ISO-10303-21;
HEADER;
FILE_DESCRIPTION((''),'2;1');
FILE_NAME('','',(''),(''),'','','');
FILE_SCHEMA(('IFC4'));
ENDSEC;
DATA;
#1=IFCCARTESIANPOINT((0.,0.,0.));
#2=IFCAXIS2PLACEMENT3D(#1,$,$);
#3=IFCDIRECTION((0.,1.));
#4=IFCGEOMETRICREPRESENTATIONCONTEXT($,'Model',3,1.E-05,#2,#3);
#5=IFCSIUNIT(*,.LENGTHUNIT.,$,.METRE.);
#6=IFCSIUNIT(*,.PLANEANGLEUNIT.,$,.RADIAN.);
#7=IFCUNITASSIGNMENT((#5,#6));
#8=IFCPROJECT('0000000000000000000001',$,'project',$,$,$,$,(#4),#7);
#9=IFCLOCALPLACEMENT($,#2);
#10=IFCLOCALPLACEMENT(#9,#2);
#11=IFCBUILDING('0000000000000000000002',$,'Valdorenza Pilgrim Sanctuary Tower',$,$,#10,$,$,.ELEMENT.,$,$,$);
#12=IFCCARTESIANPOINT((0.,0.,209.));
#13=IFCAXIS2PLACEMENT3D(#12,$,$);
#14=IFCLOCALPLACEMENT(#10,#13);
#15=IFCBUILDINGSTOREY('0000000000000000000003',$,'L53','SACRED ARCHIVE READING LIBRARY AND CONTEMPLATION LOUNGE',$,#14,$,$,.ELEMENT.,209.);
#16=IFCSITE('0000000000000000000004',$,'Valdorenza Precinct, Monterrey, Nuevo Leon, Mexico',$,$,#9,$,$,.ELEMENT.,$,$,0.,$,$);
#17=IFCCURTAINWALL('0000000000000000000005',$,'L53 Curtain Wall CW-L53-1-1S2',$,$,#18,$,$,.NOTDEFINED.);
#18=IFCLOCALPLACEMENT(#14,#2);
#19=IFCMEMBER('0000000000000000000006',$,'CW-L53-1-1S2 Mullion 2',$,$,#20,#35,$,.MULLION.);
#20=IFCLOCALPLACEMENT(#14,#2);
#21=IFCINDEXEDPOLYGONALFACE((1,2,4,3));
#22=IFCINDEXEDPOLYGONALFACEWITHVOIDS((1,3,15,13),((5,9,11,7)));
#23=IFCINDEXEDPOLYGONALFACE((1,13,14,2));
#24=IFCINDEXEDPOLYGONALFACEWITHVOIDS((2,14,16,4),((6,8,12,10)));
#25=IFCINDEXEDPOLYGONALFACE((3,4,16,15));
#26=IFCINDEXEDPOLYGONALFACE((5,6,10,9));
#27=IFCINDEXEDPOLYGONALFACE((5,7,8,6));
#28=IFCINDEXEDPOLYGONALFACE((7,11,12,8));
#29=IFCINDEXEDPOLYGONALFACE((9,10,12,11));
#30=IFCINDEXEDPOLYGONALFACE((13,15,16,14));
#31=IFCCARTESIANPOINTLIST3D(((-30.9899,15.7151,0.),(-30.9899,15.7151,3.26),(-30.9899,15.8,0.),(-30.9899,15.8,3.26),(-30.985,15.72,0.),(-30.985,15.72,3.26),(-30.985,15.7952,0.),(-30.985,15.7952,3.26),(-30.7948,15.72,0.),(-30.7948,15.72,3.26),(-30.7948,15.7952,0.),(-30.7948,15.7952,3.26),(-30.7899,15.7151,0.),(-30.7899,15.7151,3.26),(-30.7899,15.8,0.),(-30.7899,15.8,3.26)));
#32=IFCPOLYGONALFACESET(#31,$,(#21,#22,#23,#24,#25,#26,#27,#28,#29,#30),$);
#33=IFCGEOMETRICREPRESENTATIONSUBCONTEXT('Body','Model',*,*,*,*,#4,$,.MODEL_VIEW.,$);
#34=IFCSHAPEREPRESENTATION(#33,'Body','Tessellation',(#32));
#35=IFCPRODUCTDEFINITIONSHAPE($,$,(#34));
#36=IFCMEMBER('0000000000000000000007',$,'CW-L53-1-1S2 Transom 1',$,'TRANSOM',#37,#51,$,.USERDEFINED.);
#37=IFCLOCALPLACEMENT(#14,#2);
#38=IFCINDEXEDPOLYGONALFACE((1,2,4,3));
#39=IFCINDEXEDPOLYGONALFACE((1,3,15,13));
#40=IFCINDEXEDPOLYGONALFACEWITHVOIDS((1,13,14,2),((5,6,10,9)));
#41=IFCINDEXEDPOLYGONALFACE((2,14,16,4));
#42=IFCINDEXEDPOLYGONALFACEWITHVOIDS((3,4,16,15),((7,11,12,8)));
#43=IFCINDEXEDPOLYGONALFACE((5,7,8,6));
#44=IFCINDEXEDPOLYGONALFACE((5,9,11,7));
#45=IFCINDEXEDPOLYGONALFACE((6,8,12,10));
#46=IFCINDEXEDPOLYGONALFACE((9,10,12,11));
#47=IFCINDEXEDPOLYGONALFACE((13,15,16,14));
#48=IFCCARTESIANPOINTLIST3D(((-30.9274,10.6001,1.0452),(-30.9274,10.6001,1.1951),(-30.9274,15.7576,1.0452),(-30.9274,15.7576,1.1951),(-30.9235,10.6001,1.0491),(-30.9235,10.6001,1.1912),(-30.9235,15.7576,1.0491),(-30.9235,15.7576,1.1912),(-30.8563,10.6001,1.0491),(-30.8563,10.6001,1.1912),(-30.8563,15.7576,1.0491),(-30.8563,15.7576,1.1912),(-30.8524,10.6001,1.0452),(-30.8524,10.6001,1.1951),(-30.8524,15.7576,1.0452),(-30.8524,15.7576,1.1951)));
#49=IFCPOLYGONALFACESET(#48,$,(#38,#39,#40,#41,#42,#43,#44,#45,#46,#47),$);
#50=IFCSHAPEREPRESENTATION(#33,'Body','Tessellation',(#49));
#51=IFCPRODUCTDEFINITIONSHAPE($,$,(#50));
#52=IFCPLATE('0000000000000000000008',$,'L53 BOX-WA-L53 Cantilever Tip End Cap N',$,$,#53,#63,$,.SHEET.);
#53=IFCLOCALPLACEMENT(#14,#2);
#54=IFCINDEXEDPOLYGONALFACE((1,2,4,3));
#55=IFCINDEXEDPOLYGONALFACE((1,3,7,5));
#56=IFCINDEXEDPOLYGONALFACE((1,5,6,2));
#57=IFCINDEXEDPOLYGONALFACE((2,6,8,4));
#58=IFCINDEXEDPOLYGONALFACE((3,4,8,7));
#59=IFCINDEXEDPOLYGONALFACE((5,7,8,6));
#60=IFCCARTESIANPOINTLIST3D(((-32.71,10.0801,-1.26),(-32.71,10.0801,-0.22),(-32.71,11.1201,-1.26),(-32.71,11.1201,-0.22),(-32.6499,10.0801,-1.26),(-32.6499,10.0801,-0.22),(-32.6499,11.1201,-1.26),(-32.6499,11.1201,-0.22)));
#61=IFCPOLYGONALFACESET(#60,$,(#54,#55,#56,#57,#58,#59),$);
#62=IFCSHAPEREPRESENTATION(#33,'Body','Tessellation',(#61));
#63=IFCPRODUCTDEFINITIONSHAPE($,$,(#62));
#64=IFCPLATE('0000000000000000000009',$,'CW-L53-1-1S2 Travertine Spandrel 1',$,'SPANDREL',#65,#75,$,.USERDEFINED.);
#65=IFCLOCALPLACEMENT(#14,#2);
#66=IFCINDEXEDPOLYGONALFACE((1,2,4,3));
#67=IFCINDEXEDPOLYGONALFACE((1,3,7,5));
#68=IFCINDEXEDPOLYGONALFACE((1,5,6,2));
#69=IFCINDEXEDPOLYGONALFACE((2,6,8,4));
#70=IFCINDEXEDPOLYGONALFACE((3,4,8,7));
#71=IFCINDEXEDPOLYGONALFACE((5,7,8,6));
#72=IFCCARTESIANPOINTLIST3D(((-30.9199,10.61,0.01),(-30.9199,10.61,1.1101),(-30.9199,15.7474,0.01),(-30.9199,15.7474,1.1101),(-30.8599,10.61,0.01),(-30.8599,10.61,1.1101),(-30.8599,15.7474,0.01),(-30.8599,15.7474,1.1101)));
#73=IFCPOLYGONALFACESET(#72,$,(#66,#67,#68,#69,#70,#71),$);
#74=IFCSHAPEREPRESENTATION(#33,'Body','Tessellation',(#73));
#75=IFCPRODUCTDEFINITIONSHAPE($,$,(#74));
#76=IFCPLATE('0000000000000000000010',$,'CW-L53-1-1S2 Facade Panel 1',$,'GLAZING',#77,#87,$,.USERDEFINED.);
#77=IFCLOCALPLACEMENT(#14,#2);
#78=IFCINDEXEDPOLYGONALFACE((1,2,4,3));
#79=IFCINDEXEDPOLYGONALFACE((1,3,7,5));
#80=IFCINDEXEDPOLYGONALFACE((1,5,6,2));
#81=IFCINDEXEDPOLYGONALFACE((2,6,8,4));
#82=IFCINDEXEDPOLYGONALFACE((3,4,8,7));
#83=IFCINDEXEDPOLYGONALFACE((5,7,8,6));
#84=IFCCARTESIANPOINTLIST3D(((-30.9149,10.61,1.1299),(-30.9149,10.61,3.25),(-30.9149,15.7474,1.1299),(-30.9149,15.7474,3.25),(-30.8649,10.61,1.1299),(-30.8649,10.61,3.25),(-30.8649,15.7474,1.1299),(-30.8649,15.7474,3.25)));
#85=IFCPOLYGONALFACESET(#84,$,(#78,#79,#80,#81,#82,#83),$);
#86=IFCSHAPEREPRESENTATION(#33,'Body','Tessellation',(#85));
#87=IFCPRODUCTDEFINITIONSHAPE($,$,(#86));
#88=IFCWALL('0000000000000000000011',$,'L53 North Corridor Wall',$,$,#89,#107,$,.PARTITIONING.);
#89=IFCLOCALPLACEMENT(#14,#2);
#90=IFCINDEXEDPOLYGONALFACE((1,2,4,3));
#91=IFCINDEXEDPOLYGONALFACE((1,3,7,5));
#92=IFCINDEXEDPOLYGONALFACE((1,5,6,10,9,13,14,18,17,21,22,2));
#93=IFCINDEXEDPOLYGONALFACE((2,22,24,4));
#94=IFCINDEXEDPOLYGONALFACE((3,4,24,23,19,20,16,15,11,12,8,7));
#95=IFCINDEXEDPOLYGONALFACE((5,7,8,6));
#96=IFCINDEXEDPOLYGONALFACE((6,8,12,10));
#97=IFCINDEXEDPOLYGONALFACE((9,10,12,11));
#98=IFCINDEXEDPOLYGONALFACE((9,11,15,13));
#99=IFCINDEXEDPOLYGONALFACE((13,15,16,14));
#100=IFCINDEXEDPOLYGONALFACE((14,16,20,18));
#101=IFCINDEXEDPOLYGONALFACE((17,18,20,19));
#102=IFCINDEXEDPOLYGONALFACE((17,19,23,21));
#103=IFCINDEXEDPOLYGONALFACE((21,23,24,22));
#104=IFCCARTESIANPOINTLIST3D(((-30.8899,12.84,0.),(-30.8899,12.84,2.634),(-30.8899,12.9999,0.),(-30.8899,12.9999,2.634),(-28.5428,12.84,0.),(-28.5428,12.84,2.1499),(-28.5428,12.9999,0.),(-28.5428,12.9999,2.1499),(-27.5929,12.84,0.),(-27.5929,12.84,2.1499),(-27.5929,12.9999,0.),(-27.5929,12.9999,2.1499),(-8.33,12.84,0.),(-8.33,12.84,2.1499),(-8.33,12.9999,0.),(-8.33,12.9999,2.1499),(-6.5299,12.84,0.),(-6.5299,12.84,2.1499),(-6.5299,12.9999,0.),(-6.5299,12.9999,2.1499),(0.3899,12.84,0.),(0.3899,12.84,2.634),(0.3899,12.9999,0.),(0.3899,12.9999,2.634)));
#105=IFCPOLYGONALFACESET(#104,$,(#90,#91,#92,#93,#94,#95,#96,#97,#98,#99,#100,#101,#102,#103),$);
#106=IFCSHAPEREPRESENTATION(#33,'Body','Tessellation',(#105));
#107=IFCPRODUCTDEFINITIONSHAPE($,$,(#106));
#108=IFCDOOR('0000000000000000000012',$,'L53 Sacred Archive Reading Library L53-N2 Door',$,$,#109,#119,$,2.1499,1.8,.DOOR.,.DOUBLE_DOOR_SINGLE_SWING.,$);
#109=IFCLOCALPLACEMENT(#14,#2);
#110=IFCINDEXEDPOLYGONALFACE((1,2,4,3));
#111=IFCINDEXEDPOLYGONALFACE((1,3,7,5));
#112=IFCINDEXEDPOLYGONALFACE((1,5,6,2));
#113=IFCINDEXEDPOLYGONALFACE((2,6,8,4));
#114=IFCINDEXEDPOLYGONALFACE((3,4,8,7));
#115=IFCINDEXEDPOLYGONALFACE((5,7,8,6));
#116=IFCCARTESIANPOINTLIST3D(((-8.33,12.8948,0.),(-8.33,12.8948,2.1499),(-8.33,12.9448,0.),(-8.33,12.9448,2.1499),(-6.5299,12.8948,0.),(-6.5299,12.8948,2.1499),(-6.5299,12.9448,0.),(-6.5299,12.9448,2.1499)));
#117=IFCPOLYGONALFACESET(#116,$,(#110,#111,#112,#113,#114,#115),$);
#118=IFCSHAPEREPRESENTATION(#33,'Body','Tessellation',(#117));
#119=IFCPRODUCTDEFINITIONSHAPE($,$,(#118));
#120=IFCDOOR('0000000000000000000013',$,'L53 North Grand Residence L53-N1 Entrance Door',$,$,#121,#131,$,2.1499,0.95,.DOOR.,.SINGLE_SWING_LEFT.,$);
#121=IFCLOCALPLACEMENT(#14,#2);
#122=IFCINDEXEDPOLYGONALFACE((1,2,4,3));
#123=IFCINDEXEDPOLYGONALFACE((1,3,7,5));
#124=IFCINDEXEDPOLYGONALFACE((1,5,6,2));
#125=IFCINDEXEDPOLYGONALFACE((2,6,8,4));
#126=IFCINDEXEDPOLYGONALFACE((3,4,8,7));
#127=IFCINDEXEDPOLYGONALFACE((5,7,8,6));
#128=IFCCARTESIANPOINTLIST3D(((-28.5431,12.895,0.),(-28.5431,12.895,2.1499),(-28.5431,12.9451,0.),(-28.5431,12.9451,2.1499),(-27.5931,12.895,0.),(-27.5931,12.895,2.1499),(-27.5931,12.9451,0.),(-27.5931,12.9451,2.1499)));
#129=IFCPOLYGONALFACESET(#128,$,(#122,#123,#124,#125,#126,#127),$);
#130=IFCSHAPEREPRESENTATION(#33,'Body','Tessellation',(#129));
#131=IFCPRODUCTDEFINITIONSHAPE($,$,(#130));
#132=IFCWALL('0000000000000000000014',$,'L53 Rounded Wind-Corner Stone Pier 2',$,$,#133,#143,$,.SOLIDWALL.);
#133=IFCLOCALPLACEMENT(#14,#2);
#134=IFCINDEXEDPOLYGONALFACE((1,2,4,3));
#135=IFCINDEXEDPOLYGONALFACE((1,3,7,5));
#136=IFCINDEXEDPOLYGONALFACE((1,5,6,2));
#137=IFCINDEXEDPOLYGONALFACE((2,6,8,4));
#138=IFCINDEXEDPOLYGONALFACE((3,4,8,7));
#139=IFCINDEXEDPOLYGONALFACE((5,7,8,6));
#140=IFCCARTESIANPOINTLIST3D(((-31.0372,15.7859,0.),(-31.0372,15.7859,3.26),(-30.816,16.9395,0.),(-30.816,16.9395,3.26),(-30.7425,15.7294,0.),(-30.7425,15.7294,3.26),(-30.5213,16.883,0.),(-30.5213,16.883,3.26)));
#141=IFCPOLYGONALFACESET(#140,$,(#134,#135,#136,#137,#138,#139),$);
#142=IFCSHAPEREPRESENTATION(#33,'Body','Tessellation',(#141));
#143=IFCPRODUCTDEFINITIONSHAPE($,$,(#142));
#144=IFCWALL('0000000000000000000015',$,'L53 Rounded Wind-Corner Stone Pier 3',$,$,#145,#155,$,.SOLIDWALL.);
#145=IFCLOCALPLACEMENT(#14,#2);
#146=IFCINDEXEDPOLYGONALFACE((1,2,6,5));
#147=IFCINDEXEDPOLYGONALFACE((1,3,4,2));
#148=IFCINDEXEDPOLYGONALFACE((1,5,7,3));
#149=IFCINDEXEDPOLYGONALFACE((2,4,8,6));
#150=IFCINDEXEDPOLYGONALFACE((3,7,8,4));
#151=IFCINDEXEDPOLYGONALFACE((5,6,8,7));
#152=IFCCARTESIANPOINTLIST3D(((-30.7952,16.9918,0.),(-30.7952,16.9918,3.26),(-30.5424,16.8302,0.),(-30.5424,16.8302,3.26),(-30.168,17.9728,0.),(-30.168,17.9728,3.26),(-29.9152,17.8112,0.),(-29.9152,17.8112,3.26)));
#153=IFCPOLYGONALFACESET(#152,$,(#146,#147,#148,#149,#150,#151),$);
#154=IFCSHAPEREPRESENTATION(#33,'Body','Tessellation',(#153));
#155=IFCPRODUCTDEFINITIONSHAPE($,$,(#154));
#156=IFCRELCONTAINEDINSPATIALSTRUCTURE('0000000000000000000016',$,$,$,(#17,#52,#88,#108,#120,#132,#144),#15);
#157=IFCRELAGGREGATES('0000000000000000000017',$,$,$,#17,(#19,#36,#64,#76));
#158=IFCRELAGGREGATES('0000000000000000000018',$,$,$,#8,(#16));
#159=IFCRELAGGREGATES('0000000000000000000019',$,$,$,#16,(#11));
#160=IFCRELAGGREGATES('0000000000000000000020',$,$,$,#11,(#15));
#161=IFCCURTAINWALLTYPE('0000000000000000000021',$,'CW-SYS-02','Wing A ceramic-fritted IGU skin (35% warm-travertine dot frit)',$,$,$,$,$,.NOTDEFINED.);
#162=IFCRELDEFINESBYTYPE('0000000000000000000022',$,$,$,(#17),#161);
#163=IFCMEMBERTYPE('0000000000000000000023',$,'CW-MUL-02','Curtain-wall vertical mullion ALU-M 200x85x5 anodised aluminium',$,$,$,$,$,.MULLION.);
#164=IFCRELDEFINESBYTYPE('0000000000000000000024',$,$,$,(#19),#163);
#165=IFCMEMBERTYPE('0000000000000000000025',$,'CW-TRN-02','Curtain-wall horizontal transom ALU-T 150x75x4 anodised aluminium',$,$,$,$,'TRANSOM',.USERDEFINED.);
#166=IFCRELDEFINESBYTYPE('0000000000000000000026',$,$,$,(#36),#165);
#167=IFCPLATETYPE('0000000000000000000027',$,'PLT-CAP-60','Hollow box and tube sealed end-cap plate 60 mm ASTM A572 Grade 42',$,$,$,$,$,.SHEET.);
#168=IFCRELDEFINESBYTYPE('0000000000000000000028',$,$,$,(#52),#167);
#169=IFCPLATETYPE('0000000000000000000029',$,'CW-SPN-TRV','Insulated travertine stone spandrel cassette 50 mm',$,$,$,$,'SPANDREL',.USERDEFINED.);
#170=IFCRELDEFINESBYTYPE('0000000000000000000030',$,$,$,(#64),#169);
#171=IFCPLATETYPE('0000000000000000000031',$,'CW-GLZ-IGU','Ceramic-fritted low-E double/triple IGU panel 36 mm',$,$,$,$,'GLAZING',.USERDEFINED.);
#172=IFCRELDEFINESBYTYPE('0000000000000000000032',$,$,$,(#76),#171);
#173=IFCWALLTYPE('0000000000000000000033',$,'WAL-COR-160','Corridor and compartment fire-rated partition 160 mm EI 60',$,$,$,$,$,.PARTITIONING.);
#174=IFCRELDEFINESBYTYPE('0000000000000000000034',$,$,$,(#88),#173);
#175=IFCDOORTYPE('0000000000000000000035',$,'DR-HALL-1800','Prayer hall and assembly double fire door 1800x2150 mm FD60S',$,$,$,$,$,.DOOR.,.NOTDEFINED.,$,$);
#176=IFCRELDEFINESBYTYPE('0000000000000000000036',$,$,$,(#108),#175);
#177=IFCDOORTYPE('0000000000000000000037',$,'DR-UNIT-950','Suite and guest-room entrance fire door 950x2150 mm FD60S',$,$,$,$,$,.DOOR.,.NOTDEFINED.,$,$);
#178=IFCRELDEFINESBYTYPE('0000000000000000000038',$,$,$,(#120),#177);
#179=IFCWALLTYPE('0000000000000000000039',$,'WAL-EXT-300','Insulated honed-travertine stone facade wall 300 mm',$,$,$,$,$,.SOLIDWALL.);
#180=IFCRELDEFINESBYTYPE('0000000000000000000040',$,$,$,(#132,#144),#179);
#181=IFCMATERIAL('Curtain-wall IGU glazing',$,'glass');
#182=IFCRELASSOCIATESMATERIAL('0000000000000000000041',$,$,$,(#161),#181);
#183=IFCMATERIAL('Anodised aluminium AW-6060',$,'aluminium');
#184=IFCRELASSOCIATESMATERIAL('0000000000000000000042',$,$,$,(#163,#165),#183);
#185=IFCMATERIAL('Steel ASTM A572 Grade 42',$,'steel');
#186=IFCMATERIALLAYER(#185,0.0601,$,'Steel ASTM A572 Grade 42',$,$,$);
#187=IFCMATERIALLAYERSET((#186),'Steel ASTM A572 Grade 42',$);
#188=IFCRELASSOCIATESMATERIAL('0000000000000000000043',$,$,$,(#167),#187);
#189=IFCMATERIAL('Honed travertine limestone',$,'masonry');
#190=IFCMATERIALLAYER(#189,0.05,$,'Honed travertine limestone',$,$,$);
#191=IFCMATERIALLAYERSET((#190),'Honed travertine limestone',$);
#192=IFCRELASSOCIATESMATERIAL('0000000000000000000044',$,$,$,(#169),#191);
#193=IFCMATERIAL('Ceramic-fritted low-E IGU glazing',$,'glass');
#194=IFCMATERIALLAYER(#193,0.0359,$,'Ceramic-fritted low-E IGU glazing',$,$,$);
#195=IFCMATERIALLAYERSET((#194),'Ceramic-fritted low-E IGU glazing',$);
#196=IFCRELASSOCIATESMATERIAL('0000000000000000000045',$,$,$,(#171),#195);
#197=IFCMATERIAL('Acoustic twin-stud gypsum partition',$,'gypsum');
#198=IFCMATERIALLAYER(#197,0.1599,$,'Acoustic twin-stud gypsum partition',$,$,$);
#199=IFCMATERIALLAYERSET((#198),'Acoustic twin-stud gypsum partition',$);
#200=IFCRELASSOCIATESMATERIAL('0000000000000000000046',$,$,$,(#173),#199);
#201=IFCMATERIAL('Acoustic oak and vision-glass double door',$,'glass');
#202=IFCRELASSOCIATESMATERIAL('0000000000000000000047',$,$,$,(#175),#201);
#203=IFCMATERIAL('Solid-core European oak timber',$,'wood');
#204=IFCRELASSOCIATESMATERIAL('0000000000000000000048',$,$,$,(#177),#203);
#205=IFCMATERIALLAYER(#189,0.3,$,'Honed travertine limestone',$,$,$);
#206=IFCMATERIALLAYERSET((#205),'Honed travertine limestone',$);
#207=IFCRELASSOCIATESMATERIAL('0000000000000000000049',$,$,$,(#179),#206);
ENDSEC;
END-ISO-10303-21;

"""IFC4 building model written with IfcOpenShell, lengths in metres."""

from ifc_helpers import new_model, si_unit, direction, frame, frame_2d, origin, origin_2d, place, context, subcontext, project, spatial, rectangle, hollow_rectangle, extrude, source, transform, mapped, material, layer, layer_set, material_profile, profile_set, type_object, element, fill, aggregate, save


model = new_model("IFC4")

# Units and contexts
model_context = context("Model", 3, precision=1e-05, world=origin(), true_north=direction((0.0, 1.0)))
body_context = subcontext(model_context, "Body", "Model", "MODEL_VIEW")
ifc_project = project(units=[si_unit("LENGTHUNIT", "METRE"), si_unit("PLANEANGLEUNIT", "RADIAN")], contexts=[model_context])

# Site, building, storey
site_placement = place(None, origin())
site = spatial("IfcSite", under=ifc_project, at=site_placement, Name="Valdorenza Precinct, Monterrey, Nuevo Leon, Mexico", CompositionType="ELEMENT", RefElevation=0.0)
building_placement = place(site_placement, origin())
building = spatial("IfcBuilding", under=site, at=building_placement, Name="Valdorenza Pilgrim Sanctuary Tower", CompositionType="ELEMENT")
storey_placement = place(building_placement, frame((0.0, 0.0, 209.0)))
storey = spatial("IfcBuildingStorey", under=building, at=storey_placement, Name="L53", Description="SACRED ARCHIVE READING LIBRARY AND CONTEMPLATION LOUNGE", CompositionType="ELEMENT", Elevation=209.0)

# Shared definitions
ifc_material_1 = material(Name="Steel ASTM A572 Grade 42", Category="steel")

# Curtain wall, members
ifc_material_2 = material(Name="Curtain-wall IGU glazing", Category="glass")
curtain_wall_type = type_object("IfcCurtainWallType", Name="CW-SYS-02", Description="Wing A ceramic-fritted IGU skin (35% warm-travertine dot frit)", PredefinedType="NOTDEFINED", material=ifc_material_2)
curtain_wall_placement = place(storey_placement, origin())
curtain_wall = element("IfcCurtainWall", 1, at=curtain_wall_placement, inside=storey, type_object=curtain_wall_type, Name="L53 Curtain Wall CW-L53-1-1S2", PredefinedType="NOTDEFINED")
ifc_material_3 = material(Name="Anodised aluminium AW-6060", Category="aluminium")
ifc_material_profile_1 = material_profile(ifc_material_3, hollow_rectangle(XDim=0.085, YDim=0.2, WallThickness=0.0049, at=origin_2d()), Name="ALU-M 200x85x5")
ifc_profile_set_1 = profile_set([ifc_material_profile_1], Name="Anodised aluminium AW-6060")
member_type_1 = type_object("IfcMemberType", Name="CW-MUL-02", Description="Curtain-wall vertical mullion ALU-M 200x85x5 anodised aluminium", PredefinedType="MULLION", material=ifc_profile_set_1)
shared_shape_1 = source(origin(), body_context, "Body", "SweptSolid", [
    extrude(hollow_rectangle(XDim=0.085, YDim=0.2, WallThickness=0.0049, at=origin_2d()), origin(), (0.0, 0.0, 1.0), 3.26),
])
member_1_placement = place(storey_placement, frame((-30.8899, 15.7576, 0.0), z_axis=(0.0, 0.0, 1.0), x_axis=(0.0, 1.0, 0.0)))
member_1 = element("IfcMember", 2, at=member_1_placement, type_object=member_type_1, Name="CW-L53-1-1S2 Mullion 2", PredefinedType="MULLION", context=body_context, shape_type="MappedRepresentation", body=[
    mapped(shared_shape_1, transform((0.0, 0.0, 0.0), x_axis=(1.0, 0.0, 0.0), y_axis=(0.0, 1.0, 0.0), z_axis=(0.0, 0.0, 1.0), scale=1.0)),
])
ifc_material_profile_2 = material_profile(ifc_material_3, hollow_rectangle(XDim=0.075, YDim=0.1499, WallThickness=0.0039, at=origin_2d()), Name="ALU-T 150x75x4")
ifc_profile_set_2 = profile_set([ifc_material_profile_2], Name="Anodised aluminium AW-6060")
member_type_2 = type_object("IfcMemberType", Name="CW-TRN-02", Description="Curtain-wall horizontal transom ALU-T 150x75x4 anodised aluminium", ElementType="TRANSOM", PredefinedType="USERDEFINED", material=ifc_profile_set_2)
shared_shape_2 = source(origin(), body_context, "Body", "SweptSolid", [
    extrude(hollow_rectangle(XDim=0.075, YDim=0.1499, WallThickness=0.0039, at=origin_2d()), origin(), (0.0, 0.0, 1.0), 5.1575),
])
member_2_placement = place(storey_placement, frame((-30.8899, 10.6001, 1.1201), z_axis=(0.0, 1.0, 0.0), x_axis=(-1.0, 0.0, 0.0)))
member_2 = element("IfcMember", 3, at=member_2_placement, type_object=member_type_2, Name="CW-L53-1-1S2 Transom 1", ObjectType="TRANSOM", PredefinedType="USERDEFINED", context=body_context, shape_type="MappedRepresentation", body=[
    mapped(shared_shape_2, transform((0.0, 0.0, 0.0), x_axis=(1.0, 0.0, 0.0), y_axis=(0.0, 1.0, 0.0), z_axis=(0.0, 0.0, 1.0), scale=1.0)),
])

# Plates
ifc_layer_1 = layer(ifc_material_1, 0.0601, Name="Steel ASTM A572 Grade 42")
ifc_layer_set_1 = layer_set([ifc_layer_1], Name="Steel ASTM A572 Grade 42")
plate_type_1 = type_object("IfcPlateType", Name="PLT-CAP-60", Description="Hollow box and tube sealed end-cap plate 60 mm ASTM A572 Grade 42", PredefinedType="SHEET", material=ifc_layer_set_1)
shared_shape_3 = source(origin(), body_context, "Body", "SweptSolid", [
    extrude(rectangle(XDim=0.0601, YDim=1.04, at=origin_2d()), origin(), (0.0, 0.0, 1.0), 1.04),
])
plate_1_placement = place(storey_placement, frame((-32.6799, 10.6001, -1.26), z_axis=(0.0, 0.0, 1.0), x_axis=(1.0, 0.0, 0.0)))
element("IfcPlate", 4, at=plate_1_placement, inside=storey, type_object=plate_type_1, Name="L53 BOX-WA-L53 Cantilever Tip End Cap N", PredefinedType="SHEET", context=body_context, shape_type="MappedRepresentation", body=[
    mapped(shared_shape_3, transform((0.0, 0.0, 0.0), x_axis=(1.0, 0.0, 0.0), y_axis=(0.0, 1.0, 0.0), z_axis=(0.0, 0.0, 1.0), scale=1.0)),
])
ifc_material_4 = material(Name="Honed travertine limestone", Category="masonry")
ifc_layer_2 = layer(ifc_material_4, 0.05, Name="Honed travertine limestone")
ifc_layer_set_2 = layer_set([ifc_layer_2], Name="Honed travertine limestone")
plate_type_2 = type_object("IfcPlateType", Name="CW-SPN-TRV", Description="Insulated travertine stone spandrel cassette 50 mm", ElementType="SPANDREL", PredefinedType="USERDEFINED", material=ifc_layer_set_2)
shared_shape_4 = source(origin(), body_context, "Body", "SweptSolid", [
    extrude(rectangle(XDim=5.1375, YDim=0.0601, at=origin_2d()), origin(), (0.0, 0.0, 1.0), 1.1001),
])
plate_2_placement = place(storey_placement, frame((-30.8899, 13.1787, 0.01), z_axis=(0.0, 0.0, 1.0), x_axis=(0.0, 1.0, 0.0)))
plate_2 = element("IfcPlate", 5, at=plate_2_placement, type_object=plate_type_2, Name="CW-L53-1-1S2 Travertine Spandrel 1", ObjectType="SPANDREL", PredefinedType="USERDEFINED", context=body_context, shape_type="MappedRepresentation", body=[
    mapped(shared_shape_4, transform((0.0, 0.0, 0.0), x_axis=(1.0, 0.0, 0.0), y_axis=(0.0, 1.0, 0.0), z_axis=(0.0, 0.0, 1.0), scale=1.0)),
])
ifc_material_5 = material(Name="Ceramic-fritted low-E IGU glazing", Category="glass")
ifc_layer_3 = layer(ifc_material_5, 0.0359, Name="Ceramic-fritted low-E IGU glazing")
ifc_layer_set_3 = layer_set([ifc_layer_3], Name="Ceramic-fritted low-E IGU glazing")
plate_type_3 = type_object("IfcPlateType", Name="CW-GLZ-IGU", Description="Ceramic-fritted low-E double/triple IGU panel 36 mm", ElementType="GLAZING", PredefinedType="USERDEFINED", material=ifc_layer_set_3)
shared_shape_5 = source(origin(), body_context, "Body", "SweptSolid", [
    extrude(rectangle(XDim=5.1375, YDim=0.05, at=origin_2d()), origin(), (0.0, 0.0, 1.0), 2.1201),
])
plate_3_placement = place(storey_placement, frame((-30.8899, 13.1787, 1.1299), z_axis=(0.0, 0.0, 1.0), x_axis=(0.0, 1.0, 0.0)))
plate_3 = element("IfcPlate", 6, at=plate_3_placement, type_object=plate_type_3, Name="CW-L53-1-1S2 Facade Panel 1", ObjectType="GLAZING", PredefinedType="USERDEFINED", context=body_context, shape_type="MappedRepresentation", body=[
    mapped(shared_shape_5, transform((0.0, 0.0, 0.0), x_axis=(1.0, 0.0, 0.0), y_axis=(0.0, 1.0, 0.0), z_axis=(0.0, 0.0, 1.0), scale=1.0)),
])
aggregate(curtain_wall, [member_1, member_2, plate_2, plate_3])

# Wall, openings, doors
ifc_material_6 = material(Name="Acoustic twin-stud gypsum partition", Category="gypsum")
ifc_layer_4 = layer(ifc_material_6, 0.1599, Name="Acoustic twin-stud gypsum partition")
ifc_layer_set_4 = layer_set([ifc_layer_4], Name="Acoustic twin-stud gypsum partition")
wall_type_1 = type_object("IfcWallType", Name="WAL-COR-160", Description="Corridor and compartment fire-rated partition 160 mm EI 60", PredefinedType="PARTITIONING", material=ifc_layer_set_4)
wall_1_placement = place(storey_placement, frame((-30.8899, 12.9199, 0.0), z_axis=(0.0, 0.0, 1.0), x_axis=(1.0, 0.0, 0.0)))
wall_1 = element("IfcWall", 7, at=wall_1_placement, inside=storey, type_object=wall_type_1, Name="L53 North Corridor Wall", PredefinedType="PARTITIONING", context=body_context, shape_type="SweptSolid", body=[
    extrude(rectangle(XDim=31.2798, YDim=0.1599, at=frame_2d((15.6399, 0.0))), origin(), (0.0, 0.0, 1.0), 2.634),
])
opening_1_placement = place(wall_1_placement, frame((2.3469, 0.0, 0.0)))
opening_1 = element("IfcOpeningElement", 8, at=opening_1_placement, cuts=wall_1, PredefinedType="OPENING", context=body_context, shape_type="SweptSolid", body=[
    extrude(rectangle(XDim=0.95, YDim=2.1499, at=frame_2d((0.4751, 1.075))), frame((0.0, 0.0947, 0.0), z_axis=(0.0, -1.0, 0.0), x_axis=(1.0, 0.0, 0.0)), (0.0, 0.0, 1.0), 0.1897),
])
opening_2_placement = place(wall_1_placement, frame((22.5601, 0.0, 0.0)))
opening_2 = element("IfcOpeningElement", 9, at=opening_2_placement, cuts=wall_1, PredefinedType="OPENING", context=body_context, shape_type="SweptSolid", body=[
    extrude(rectangle(XDim=1.8, YDim=2.1499, at=frame_2d((0.8999, 1.075))), frame((0.0, 0.0947, 0.0), z_axis=(0.0, -1.0, 0.0), x_axis=(1.0, 0.0, 0.0)), (0.0, 0.0, 1.0), 0.1897),
])
ifc_material_7 = material(Name="Acoustic oak and vision-glass double door", Category="glass")
door_type_1 = type_object("IfcDoorType", Name="DR-HALL-1800", Description="Prayer hall and assembly double fire door 1800x2150 mm FD60S", OperationType="NOTDEFINED", PredefinedType="DOOR", material=ifc_material_7)
door_1_placement = place(opening_2_placement, origin())
door_1 = element("IfcDoor", 10, at=door_1_placement, inside=storey, type_object=door_type_1, Name="L53 Sacred Archive Reading Library L53-N2 Door", OperationType="DOUBLE_DOOR_SINGLE_SWING", OverallHeight=2.1499, OverallWidth=1.8, PredefinedType="DOOR", context=body_context, shape_type="SweptSolid", body=[
    extrude(rectangle(XDim=1.8, YDim=2.1499, at=frame_2d((0.8999, 1.075))), frame((0.0, 0.0249, 0.0), z_axis=(0.0, -1.0, 0.0), x_axis=(1.0, 0.0, 0.0)), (0.0, 0.0, 1.0), 0.05),
])
fill(opening_2, door_1)
ifc_material_8 = material(Name="Solid-core European oak timber", Category="wood")
door_type_2 = type_object("IfcDoorType", Name="DR-UNIT-950", Description="Suite and guest-room entrance fire door 950x2150 mm FD60S", OperationType="NOTDEFINED", PredefinedType="DOOR", material=ifc_material_8)
door_2_placement = place(opening_1_placement, frame((0.95, 0.0, 0.0), z_axis=(0.0, 0.0, 1.0), x_axis=(-1.0, 0.0, 0.0)))
door_2 = element("IfcDoor", 11, at=door_2_placement, inside=storey, type_object=door_type_2, Name="L53 North Grand Residence L53-N1 Entrance Door", OperationType="SINGLE_SWING_LEFT", OverallHeight=2.1499, OverallWidth=0.95, PredefinedType="DOOR", context=body_context, shape_type="SweptSolid", body=[
    extrude(rectangle(XDim=0.95, YDim=2.1499, at=frame_2d((0.4751, 1.075))), frame((0.0, 0.0249, 0.0), z_axis=(0.0, -1.0, 0.0), x_axis=(1.0, 0.0, 0.0)), (0.0, 0.0, 1.0), 0.05),
])
fill(opening_1, door_2)

# Walls
ifc_layer_5 = layer(ifc_material_4, 0.3, Name="Honed travertine limestone")
ifc_layer_set_5 = layer_set([ifc_layer_5], Name="Honed travertine limestone")
wall_type_2 = type_object("IfcWallType", Name="WAL-EXT-300", Description="Insulated honed-travertine stone facade wall 300 mm", PredefinedType="SOLIDWALL", material=ifc_layer_set_5)
wall_2_placement = place(storey_placement, frame((-30.8899, 15.7576, 0.0), z_axis=(0.0, 0.0, 1.0), x_axis=(0.188315, 0.982109, 0.0)))
element("IfcWall", 12, at=wall_2_placement, inside=storey, type_object=wall_type_2, Name="L53 Rounded Wind-Corner Stone Pier 2", PredefinedType="SOLIDWALL", context=body_context, shape_type="SweptSolid", body=[
    extrude(rectangle(XDim=1.1746, YDim=0.3, at=frame_2d((0.5874, 0.0))), origin(), (0.0, 0.0, 1.0), 3.26),
])
wall_3_placement = place(storey_placement, frame((-30.6687, 16.9111, 0.0), z_axis=(0.0, 0.0, 1.0), x_axis=(0.538679, 0.842511, 0.0)))
element("IfcWall", 13, at=wall_3_placement, inside=storey, type_object=wall_type_2, Name="L53 Rounded Wind-Corner Stone Pier 3", PredefinedType="SOLIDWALL", context=body_context, shape_type="SweptSolid", body=[
    extrude(rectangle(XDim=1.1643, YDim=0.3, at=frame_2d((0.582, 0.0))), origin(), (0.0, 0.0, 1.0), 3.26),
])

save(model, "model.ifc")
